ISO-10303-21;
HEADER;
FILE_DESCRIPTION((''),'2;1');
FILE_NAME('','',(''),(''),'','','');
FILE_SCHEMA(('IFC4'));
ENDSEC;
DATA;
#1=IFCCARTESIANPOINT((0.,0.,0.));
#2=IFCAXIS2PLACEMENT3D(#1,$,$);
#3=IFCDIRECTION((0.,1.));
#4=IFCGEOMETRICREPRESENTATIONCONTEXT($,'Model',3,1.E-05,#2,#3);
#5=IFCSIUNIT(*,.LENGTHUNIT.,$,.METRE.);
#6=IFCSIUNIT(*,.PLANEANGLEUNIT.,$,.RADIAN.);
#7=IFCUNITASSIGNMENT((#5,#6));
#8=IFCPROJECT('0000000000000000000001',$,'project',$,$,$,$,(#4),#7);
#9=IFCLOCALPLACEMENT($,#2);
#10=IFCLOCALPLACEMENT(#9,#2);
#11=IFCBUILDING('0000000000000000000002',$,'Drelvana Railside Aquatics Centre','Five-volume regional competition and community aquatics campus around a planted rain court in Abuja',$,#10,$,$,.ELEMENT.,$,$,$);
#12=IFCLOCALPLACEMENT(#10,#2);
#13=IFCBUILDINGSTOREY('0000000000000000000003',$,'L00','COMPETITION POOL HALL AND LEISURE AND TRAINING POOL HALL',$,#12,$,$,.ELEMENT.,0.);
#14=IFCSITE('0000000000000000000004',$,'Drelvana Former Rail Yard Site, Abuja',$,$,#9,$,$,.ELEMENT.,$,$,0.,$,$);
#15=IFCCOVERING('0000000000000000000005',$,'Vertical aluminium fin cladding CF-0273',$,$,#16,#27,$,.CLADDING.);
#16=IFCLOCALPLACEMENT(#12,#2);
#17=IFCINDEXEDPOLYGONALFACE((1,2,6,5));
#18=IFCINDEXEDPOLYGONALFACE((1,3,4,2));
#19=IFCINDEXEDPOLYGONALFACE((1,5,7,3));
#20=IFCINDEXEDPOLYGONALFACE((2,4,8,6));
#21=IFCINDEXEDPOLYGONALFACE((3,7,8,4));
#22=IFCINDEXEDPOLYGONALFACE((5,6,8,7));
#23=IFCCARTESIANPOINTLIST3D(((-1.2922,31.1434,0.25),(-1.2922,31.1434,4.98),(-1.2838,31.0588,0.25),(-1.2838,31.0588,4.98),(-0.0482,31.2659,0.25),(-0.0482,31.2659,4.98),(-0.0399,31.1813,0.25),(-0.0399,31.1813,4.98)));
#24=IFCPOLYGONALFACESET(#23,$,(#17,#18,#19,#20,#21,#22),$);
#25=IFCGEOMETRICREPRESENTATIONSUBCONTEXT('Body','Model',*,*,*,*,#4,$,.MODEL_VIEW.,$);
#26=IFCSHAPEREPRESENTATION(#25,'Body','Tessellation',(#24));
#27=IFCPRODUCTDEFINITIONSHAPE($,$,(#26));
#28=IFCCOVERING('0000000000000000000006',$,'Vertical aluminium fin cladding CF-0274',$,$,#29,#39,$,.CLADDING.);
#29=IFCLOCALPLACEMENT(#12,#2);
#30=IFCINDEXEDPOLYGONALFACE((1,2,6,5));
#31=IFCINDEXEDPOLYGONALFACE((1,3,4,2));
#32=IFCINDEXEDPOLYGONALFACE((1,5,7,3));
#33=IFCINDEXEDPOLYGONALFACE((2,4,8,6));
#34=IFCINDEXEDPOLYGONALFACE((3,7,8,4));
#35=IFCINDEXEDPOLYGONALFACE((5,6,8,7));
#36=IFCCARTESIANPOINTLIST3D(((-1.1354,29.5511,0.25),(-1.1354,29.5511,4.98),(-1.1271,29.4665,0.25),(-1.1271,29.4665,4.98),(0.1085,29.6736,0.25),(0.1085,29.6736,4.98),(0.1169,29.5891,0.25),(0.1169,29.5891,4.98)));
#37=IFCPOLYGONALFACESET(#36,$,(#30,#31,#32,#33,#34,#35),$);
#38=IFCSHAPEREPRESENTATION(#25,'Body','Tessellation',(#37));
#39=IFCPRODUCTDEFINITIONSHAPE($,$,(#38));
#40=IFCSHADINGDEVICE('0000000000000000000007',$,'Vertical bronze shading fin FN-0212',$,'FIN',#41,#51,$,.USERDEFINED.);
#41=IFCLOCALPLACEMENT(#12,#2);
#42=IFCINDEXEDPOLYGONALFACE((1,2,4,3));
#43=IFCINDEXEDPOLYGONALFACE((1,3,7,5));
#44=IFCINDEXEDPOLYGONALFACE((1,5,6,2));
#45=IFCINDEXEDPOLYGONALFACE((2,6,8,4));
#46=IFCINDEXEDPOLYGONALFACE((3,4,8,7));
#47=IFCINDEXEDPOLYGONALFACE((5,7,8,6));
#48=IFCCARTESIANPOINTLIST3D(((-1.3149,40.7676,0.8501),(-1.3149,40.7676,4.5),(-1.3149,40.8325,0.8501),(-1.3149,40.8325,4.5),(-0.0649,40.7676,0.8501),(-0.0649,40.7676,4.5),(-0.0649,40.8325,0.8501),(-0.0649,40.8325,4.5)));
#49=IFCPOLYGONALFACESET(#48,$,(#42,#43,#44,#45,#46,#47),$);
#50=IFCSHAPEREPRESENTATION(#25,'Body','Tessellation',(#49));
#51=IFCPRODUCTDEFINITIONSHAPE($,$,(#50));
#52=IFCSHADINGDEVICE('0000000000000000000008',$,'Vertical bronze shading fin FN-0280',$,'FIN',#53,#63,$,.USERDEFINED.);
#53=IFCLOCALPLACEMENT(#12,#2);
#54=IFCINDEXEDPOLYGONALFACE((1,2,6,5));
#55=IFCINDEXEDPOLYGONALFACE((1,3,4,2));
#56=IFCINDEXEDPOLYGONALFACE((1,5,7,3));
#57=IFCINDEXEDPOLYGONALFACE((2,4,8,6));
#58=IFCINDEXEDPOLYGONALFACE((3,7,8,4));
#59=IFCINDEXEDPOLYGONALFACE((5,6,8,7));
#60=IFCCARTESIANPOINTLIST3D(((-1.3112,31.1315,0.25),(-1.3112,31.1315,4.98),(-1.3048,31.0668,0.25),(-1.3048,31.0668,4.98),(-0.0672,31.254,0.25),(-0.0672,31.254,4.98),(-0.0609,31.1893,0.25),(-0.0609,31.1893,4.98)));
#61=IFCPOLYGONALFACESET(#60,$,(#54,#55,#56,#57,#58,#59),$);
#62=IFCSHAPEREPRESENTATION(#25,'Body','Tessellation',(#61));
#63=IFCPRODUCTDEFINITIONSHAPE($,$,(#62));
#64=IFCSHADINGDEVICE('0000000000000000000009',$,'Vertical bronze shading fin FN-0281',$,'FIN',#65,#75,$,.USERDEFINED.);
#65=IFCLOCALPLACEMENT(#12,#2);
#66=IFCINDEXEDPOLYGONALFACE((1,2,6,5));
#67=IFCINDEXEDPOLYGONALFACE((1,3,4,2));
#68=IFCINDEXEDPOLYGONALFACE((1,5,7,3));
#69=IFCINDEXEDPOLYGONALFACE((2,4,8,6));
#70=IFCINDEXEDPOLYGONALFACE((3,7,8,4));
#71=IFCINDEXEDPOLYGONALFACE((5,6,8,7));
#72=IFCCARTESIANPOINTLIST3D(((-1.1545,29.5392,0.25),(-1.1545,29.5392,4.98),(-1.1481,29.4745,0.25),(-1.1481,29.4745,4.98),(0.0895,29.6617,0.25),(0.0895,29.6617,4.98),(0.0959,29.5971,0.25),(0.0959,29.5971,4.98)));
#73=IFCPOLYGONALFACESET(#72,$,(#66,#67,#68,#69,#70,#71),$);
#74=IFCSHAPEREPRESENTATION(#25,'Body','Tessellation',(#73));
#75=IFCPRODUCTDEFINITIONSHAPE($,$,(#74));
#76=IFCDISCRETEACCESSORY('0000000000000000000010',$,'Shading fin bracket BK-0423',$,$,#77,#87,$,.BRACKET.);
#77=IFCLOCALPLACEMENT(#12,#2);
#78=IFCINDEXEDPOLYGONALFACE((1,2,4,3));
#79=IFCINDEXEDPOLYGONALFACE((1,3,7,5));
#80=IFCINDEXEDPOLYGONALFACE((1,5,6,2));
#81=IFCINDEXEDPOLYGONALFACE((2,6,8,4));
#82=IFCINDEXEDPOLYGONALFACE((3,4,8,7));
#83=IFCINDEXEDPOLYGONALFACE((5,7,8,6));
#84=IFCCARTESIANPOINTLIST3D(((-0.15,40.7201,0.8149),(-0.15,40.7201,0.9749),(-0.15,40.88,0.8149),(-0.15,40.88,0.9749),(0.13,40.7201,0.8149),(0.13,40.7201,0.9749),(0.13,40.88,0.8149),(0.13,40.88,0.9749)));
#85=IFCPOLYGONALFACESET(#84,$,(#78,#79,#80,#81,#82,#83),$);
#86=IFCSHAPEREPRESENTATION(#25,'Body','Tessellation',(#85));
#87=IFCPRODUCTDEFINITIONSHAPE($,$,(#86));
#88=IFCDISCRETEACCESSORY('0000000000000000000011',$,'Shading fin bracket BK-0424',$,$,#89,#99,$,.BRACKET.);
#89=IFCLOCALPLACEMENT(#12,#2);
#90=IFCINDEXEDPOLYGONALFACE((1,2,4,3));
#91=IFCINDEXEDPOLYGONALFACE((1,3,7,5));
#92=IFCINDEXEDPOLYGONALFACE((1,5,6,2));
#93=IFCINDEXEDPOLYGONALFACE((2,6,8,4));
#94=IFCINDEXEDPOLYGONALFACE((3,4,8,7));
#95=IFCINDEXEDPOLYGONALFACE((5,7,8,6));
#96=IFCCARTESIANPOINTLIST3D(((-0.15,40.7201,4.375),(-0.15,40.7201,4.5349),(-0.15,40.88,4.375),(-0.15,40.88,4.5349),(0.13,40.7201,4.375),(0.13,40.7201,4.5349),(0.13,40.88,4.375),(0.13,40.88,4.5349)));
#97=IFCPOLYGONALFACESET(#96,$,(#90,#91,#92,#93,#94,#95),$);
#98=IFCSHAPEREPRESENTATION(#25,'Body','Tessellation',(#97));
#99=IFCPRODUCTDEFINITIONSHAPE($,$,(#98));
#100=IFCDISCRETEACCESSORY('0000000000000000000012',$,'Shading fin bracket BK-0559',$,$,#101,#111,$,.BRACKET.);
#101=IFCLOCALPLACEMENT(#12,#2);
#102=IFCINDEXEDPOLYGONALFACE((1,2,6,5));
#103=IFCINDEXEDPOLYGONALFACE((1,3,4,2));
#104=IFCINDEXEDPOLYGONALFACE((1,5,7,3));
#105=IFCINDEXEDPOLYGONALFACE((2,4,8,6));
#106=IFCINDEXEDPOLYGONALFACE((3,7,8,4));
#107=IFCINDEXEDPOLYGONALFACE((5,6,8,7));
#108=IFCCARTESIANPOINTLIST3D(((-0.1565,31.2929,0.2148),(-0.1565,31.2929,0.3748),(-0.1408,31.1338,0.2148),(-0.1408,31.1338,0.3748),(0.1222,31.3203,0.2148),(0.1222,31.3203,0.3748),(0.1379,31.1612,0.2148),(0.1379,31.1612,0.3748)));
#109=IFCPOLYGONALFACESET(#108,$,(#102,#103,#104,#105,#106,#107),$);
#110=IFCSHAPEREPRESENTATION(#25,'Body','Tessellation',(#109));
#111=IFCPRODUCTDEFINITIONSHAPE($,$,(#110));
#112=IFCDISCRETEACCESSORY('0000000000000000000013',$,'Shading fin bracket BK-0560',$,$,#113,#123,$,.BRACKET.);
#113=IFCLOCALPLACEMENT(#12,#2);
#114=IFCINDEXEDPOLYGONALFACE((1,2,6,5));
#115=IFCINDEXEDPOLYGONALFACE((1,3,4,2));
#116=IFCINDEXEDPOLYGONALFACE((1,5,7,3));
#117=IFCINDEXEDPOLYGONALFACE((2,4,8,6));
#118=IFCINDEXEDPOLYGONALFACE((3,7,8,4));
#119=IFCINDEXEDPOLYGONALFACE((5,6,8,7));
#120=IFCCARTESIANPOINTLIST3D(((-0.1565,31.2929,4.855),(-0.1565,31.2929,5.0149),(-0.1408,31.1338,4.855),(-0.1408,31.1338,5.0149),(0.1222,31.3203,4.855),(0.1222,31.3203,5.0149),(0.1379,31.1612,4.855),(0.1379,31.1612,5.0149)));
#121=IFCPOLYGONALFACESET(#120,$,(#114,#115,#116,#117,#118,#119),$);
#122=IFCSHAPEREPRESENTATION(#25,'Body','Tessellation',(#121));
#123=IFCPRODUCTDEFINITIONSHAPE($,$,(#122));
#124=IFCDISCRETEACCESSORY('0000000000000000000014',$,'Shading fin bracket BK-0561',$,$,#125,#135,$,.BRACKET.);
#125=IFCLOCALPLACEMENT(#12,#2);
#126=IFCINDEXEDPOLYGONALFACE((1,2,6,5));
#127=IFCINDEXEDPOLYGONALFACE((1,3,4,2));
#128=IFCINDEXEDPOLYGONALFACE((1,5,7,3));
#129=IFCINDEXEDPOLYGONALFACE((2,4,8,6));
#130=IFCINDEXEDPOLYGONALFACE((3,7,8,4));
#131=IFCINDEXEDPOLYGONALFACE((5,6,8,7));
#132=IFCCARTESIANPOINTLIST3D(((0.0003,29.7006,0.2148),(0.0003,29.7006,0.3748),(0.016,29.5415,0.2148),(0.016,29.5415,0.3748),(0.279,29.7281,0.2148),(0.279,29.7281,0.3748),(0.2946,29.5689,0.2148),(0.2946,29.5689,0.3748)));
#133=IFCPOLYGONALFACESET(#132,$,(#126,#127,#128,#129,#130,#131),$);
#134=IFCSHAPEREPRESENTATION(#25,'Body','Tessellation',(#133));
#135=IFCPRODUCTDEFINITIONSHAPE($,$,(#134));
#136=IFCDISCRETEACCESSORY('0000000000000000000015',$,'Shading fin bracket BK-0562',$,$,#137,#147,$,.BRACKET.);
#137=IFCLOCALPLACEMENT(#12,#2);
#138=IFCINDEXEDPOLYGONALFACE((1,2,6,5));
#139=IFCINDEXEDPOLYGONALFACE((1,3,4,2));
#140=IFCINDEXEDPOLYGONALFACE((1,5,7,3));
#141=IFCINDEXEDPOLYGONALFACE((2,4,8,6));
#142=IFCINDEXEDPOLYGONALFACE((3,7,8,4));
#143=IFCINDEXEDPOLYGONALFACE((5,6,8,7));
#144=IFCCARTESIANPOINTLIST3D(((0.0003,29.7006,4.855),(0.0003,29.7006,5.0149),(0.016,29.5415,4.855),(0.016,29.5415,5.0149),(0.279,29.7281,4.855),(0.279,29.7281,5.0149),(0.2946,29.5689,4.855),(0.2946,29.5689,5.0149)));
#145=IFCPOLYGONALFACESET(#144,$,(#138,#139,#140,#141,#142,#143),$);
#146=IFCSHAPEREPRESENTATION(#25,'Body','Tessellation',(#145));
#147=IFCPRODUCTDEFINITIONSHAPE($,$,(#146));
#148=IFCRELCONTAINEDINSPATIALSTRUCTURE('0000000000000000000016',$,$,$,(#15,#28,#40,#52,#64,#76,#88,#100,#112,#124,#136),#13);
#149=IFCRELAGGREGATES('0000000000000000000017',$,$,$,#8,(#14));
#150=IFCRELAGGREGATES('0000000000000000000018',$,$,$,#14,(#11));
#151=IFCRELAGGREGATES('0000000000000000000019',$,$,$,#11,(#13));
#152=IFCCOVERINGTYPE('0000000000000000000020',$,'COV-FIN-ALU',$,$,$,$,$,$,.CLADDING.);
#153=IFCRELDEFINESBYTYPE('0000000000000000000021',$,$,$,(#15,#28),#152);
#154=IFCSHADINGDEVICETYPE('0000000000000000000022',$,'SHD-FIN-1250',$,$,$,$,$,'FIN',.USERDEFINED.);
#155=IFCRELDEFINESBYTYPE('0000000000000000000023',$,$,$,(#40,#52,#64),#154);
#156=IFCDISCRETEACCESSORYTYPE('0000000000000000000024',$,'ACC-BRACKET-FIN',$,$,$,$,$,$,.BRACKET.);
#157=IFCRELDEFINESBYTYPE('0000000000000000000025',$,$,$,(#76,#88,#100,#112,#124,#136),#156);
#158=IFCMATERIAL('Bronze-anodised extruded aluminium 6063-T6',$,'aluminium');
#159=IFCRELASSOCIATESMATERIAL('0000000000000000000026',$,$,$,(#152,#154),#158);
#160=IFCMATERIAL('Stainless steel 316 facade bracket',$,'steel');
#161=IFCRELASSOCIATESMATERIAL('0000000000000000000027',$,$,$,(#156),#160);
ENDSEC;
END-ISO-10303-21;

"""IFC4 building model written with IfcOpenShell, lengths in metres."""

from ifc_helpers import new_model, si_unit, direction, frame, origin, origin_2d, place, context, subcontext, project, spatial, rectangle, extrude, material, type_object, element, save


model = new_model("IFC4")

# Units and contexts
model_context = context("Model", 3, precision=1e-05, world=origin(), true_north=direction((0.0, 1.0)))
body_context = subcontext(model_context, "Body", "Model", "MODEL_VIEW")
ifc_project = project(units=[si_unit("LENGTHUNIT", "METRE"), si_unit("PLANEANGLEUNIT", "RADIAN")], contexts=[model_context])

# Site, building, storey
site_placement = place(None, origin())
site = spatial("IfcSite", under=ifc_project, at=site_placement, Name="Drelvana Former Rail Yard Site, Abuja", CompositionType="ELEMENT", RefElevation=0.0)
building_placement = place(site_placement, origin())
building = spatial("IfcBuilding", under=site, at=building_placement, Name="Drelvana Railside Aquatics Centre", Description="Five-volume regional competition and community aquatics campus around a planted rain court in Abuja", CompositionType="ELEMENT")
storey_placement = place(building_placement, origin())
storey = spatial("IfcBuildingStorey", under=building, at=storey_placement, Name="L00", Description="COMPETITION POOL HALL AND LEISURE AND TRAINING POOL HALL", CompositionType="ELEMENT", Elevation=0.0)

# Coverings
ifc_material_1 = material(Name="Bronze-anodised extruded aluminium 6063-T6", Category="aluminium")
covering_type = type_object("IfcCoveringType", Name="COV-FIN-ALU", PredefinedType="CLADDING", material=ifc_material_1)
for number, where, z_axis, x_axis, name in (
    (1, (-0.666, 31.1624, 0.25), (0.0, 0.0, 1.0), (-0.098017, 0.995185, 0.0), "Vertical aluminium fin cladding CF-0273"),
    (2, (-0.5093, 29.5701, 0.25), (0.0, 0.0, 1.0), (-0.098017, 0.995185, 0.0), "Vertical aluminium fin cladding CF-0274"),
):
    element("IfcCovering", number, at=place(storey_placement, frame(where, z_axis=z_axis, x_axis=x_axis)), inside=storey, type_object=covering_type, Name=name, PredefinedType="CLADDING", context=body_context, shape_type="SweptSolid", body=[
        extrude(rectangle(XDim=0.085, YDim=1.25, at=origin_2d()), origin(), (0.0, 0.0, 1.0), 4.73),
    ])

# Shading devices
shading_device_type = type_object("IfcShadingDeviceType", Name="SHD-FIN-1250", ElementType="FIN", PredefinedType="USERDEFINED", material=ifc_material_1)
shading_device_placement = place(storey_placement, frame((-0.6899, 40.8, 0.8501), z_axis=(0.0, 0.0, 1.0), x_axis=(-1.0, 0.0, 0.0)))
element("IfcShadingDevice", 3, at=shading_device_placement, inside=storey, type_object=shading_device_type, Name="Vertical bronze shading fin FN-0212", ObjectType="FIN", PredefinedType="USERDEFINED", context=body_context, shape_type="SweptSolid", body=[
    extrude(rectangle(XDim=1.25, YDim=0.0649, at=origin_2d()), origin(), (0.0, 0.0, 1.0), 3.6499),
])
for number, where, z_axis, x_axis, name in (
    (4, (-0.686, 31.1604, 0.25), (0.0, 0.0, 1.0), (-0.995185, -0.098017, 0.0), "Vertical bronze shading fin FN-0280"),
    (5, (-0.5293, 29.5681, 0.25), (0.0, 0.0, 1.0), (-0.995185, -0.098017, 0.0), "Vertical bronze shading fin FN-0281"),
):
    element("IfcShadingDevice", number, at=place(storey_placement, frame(where, z_axis=z_axis, x_axis=x_axis)), inside=storey, type_object=shading_device_type, Name=name, ObjectType="FIN", PredefinedType="USERDEFINED", context=body_context, shape_type="SweptSolid", body=[
        extrude(rectangle(XDim=1.25, YDim=0.0649, at=origin_2d()), origin(), (0.0, 0.0, 1.0), 4.73),
    ])

# Discrete accessories
ifc_material_2 = material(Name="Stainless steel 316 facade bracket", Category="steel")
discrete_accessory_type = type_object("IfcDiscreteAccessoryType", Name="ACC-BRACKET-FIN", PredefinedType="BRACKET", material=ifc_material_2)
for number, where, z_axis, x_axis, name in (
    (6, (-0.01, 40.8, 0.8149), (0.0, 0.0, 1.0), (-1.0, 0.0, 0.0), "Shading fin bracket BK-0423"),
    (7, (-0.01, 40.8, 4.375), (0.0, 0.0, 1.0), (-1.0, 0.0, 0.0), "Shading fin bracket BK-0424"),
    (8, (-0.0093, 31.2271, 0.2148), (0.0, 0.0, 1.0), (-0.995185, -0.098017, 0.0), "Shading fin bracket BK-0559"),
    (9, (-0.0093, 31.2271, 4.855), (0.0, 0.0, 1.0), (-0.995185, -0.098017, 0.0), "Shading fin bracket BK-0560"),
    (10, (0.1475, 29.6348, 0.2148), (0.0, 0.0, 1.0), (-0.995185, -0.098017, 0.0), "Shading fin bracket BK-0561"),
    (11, (0.1475, 29.6348, 4.855), (0.0, 0.0, 1.0), (-0.995185, -0.098017, 0.0), "Shading fin bracket BK-0562"),
):
    element("IfcDiscreteAccessory", number, at=place(storey_placement, frame(where, z_axis=z_axis, x_axis=x_axis)), inside=storey, type_object=discrete_accessory_type, Name=name, PredefinedType="BRACKET", context=body_context, shape_type="SweptSolid", body=[
        extrude(rectangle(XDim=0.28, YDim=0.1599, at=origin_2d()), origin(), (0.0, 0.0, 1.0), 0.1599),
    ])

save(model, "model.ifc")
